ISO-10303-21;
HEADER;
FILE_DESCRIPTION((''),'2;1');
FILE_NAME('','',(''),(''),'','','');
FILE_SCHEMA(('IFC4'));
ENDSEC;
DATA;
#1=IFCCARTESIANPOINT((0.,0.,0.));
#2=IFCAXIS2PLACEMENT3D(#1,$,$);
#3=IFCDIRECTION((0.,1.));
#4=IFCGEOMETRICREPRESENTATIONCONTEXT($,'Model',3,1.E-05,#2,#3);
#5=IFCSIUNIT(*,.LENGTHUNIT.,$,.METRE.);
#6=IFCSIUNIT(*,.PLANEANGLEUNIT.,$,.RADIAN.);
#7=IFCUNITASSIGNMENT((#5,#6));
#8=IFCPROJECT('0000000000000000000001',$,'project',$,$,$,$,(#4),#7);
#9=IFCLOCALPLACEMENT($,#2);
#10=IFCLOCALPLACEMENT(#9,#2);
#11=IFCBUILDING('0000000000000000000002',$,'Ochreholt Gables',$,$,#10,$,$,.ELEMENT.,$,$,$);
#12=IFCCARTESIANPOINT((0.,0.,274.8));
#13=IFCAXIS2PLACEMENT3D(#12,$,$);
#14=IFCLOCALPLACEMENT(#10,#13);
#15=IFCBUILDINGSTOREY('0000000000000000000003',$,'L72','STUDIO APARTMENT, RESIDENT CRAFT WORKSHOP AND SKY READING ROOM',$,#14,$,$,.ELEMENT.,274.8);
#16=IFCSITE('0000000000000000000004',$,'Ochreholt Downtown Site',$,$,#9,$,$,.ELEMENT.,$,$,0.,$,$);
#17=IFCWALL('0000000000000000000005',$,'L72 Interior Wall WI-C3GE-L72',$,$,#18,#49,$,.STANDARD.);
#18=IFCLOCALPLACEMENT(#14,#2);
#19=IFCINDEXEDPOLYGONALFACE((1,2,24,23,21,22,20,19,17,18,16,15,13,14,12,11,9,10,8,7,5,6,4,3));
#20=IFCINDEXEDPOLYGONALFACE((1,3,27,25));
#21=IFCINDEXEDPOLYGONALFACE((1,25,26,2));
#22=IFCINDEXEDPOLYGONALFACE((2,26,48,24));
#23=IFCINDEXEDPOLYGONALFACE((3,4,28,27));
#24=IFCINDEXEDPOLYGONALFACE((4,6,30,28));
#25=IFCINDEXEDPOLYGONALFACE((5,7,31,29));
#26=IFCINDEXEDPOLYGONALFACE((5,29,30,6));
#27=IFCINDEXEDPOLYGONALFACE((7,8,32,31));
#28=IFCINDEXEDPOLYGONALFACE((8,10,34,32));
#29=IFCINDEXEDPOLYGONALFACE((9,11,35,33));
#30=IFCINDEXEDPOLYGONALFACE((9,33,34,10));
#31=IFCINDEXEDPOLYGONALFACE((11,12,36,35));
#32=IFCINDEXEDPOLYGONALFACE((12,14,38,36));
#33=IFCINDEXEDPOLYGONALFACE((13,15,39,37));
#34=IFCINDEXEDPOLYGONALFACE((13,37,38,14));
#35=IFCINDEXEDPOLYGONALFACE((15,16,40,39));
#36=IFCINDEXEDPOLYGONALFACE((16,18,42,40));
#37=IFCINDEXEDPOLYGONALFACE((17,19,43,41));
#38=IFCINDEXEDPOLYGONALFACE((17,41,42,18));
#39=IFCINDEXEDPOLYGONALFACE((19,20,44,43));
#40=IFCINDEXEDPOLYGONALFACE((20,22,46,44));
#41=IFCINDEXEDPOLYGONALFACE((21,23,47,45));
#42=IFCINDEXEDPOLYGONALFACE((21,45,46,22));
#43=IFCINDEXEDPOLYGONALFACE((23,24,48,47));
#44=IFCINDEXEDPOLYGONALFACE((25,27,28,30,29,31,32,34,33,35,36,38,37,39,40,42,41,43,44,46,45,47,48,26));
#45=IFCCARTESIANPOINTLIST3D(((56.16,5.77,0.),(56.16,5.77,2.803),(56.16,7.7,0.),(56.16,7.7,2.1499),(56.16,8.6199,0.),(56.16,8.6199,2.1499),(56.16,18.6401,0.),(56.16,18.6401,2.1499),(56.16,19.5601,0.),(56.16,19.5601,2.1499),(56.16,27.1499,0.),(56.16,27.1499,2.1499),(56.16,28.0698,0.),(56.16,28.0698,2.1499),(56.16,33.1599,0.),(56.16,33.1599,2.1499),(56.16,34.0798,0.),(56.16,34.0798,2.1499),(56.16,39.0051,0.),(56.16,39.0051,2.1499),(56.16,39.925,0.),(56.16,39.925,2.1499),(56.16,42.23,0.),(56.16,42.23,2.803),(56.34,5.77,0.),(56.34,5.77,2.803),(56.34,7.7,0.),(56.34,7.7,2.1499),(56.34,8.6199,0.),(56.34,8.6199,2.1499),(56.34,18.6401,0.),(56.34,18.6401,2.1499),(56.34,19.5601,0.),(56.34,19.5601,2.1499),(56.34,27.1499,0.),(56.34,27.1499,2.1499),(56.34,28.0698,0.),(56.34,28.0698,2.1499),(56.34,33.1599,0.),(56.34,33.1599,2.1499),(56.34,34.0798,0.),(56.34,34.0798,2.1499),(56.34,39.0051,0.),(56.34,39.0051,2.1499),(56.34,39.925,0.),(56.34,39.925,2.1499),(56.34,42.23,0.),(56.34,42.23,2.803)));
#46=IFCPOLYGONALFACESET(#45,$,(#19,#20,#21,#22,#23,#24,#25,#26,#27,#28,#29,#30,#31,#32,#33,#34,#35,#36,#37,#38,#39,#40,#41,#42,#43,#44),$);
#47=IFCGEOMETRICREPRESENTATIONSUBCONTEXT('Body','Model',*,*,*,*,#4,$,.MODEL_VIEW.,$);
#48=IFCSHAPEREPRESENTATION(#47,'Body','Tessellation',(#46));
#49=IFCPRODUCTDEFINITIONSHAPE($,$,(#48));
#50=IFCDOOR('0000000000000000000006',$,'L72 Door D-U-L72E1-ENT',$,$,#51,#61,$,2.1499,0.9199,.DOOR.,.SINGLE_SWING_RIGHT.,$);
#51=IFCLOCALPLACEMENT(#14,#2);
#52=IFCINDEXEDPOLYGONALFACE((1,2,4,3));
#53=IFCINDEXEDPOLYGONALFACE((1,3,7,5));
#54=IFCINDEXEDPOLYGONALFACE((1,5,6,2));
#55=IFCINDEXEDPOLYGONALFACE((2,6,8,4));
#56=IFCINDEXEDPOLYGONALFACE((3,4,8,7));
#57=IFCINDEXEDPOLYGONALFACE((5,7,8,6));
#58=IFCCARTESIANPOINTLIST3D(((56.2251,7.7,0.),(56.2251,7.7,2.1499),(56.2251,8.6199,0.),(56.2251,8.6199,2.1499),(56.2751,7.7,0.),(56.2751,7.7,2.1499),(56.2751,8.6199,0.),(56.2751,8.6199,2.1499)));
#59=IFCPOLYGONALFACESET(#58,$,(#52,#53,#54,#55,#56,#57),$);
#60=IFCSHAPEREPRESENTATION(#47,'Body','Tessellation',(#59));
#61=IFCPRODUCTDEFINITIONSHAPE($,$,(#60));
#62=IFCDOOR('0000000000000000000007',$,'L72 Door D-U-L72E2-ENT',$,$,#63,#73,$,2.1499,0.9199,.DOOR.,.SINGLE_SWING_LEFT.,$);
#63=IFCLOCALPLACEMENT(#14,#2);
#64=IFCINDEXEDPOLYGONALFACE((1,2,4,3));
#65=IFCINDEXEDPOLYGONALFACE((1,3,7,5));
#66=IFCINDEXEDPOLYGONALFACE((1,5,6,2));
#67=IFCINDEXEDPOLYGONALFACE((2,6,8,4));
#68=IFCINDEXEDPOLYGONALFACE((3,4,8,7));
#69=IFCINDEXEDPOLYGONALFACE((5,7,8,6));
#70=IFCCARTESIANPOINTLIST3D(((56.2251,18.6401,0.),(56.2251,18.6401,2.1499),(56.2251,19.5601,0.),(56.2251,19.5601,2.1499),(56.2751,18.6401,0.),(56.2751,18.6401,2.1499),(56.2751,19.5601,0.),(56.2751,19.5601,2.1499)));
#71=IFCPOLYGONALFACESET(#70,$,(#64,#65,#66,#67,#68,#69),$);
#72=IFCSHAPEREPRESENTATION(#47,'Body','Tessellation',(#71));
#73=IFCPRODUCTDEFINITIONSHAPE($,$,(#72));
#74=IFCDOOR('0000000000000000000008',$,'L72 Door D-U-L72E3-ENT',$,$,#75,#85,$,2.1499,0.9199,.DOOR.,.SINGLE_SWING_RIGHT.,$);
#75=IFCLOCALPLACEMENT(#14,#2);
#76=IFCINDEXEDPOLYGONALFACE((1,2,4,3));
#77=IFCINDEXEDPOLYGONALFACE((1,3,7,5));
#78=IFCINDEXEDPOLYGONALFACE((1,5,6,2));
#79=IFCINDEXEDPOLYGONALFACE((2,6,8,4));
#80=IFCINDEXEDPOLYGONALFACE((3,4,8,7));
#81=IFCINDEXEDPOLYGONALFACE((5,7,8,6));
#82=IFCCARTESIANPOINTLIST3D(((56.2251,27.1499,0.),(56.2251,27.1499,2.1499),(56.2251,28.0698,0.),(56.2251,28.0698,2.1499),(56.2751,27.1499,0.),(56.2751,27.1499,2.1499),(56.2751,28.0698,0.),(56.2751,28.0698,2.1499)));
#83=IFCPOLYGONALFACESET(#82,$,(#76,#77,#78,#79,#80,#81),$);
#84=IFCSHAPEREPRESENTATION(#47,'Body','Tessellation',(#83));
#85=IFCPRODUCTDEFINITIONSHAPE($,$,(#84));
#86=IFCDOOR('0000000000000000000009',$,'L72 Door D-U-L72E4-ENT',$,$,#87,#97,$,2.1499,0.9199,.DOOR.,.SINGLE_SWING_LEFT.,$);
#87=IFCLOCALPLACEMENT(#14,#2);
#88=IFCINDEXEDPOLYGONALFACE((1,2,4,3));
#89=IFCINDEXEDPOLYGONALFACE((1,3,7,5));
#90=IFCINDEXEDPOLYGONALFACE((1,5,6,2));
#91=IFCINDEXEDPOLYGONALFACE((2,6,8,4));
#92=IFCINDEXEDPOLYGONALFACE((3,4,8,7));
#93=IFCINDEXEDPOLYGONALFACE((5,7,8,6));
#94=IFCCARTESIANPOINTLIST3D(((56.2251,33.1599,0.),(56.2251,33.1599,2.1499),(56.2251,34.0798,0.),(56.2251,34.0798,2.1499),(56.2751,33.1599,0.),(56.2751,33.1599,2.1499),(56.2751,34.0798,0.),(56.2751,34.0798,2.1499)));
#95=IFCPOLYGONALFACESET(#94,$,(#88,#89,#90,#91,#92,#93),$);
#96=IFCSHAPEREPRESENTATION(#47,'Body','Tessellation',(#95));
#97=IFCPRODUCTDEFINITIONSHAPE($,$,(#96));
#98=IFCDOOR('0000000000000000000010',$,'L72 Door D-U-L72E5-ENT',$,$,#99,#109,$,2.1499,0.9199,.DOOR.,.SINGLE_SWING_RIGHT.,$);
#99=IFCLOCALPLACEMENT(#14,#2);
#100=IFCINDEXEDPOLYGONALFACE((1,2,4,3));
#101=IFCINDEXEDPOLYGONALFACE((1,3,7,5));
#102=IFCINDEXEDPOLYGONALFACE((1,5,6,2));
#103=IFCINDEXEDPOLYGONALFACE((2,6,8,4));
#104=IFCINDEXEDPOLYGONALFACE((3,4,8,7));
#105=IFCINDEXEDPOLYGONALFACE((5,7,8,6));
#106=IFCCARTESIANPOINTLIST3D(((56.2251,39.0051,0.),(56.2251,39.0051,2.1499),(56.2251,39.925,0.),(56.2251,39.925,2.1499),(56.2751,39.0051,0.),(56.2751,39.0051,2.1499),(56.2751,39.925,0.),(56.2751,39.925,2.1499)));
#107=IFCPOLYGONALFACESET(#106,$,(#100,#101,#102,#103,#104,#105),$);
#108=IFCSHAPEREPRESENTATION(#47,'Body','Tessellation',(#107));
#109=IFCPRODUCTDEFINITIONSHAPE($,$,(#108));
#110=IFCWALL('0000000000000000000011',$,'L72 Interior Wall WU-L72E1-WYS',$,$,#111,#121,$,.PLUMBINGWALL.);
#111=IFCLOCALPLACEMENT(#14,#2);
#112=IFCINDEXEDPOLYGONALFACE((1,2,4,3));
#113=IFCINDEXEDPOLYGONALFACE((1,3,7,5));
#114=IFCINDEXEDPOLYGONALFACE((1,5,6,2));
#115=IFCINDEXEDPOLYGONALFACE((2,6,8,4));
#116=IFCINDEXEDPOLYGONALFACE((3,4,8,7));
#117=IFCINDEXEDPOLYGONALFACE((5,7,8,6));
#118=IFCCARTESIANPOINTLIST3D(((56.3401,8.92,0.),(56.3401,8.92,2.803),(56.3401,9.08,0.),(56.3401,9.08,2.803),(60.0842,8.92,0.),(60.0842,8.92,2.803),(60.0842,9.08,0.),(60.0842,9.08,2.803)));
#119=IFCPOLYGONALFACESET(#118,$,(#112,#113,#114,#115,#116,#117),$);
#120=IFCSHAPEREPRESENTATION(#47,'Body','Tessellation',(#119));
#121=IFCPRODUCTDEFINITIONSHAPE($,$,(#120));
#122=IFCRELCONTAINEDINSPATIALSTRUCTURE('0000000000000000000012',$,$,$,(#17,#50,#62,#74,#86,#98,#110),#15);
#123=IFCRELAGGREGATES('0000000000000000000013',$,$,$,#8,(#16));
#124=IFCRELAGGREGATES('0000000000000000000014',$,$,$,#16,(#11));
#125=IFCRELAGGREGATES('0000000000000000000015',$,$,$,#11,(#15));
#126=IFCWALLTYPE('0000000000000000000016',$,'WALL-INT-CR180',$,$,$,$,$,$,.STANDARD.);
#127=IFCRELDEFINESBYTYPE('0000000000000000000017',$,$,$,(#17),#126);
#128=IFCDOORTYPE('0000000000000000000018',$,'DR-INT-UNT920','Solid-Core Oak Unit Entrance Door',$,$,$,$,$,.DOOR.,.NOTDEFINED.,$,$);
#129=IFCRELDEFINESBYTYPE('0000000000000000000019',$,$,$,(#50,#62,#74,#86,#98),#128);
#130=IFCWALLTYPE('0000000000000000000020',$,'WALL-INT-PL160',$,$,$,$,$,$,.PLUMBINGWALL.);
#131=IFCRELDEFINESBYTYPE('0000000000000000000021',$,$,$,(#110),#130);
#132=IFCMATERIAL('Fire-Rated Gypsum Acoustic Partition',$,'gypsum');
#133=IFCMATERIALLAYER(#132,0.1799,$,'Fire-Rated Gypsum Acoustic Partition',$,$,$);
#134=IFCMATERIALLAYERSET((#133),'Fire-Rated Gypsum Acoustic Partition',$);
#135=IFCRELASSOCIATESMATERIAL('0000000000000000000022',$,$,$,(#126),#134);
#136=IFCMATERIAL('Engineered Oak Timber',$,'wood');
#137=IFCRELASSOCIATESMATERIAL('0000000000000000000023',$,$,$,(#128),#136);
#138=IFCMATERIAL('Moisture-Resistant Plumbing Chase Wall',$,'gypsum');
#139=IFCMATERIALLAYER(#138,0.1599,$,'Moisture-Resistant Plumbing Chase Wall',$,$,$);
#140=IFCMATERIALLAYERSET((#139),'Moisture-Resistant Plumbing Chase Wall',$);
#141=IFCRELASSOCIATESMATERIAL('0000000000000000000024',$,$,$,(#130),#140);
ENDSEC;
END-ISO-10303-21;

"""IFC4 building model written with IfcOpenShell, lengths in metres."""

from ifc_helpers import new_model, si_unit, direction, frame, frame_2d, origin, place, context, subcontext, project, spatial, rectangle, extrude, material, layer, layer_set, type_object, element, fill, save


model = new_model("IFC4")

# Units and contexts
model_context = context("Model", 3, precision=1e-05, world=origin(), true_north=direction((0.0, 1.0)))
body_context = subcontext(model_context, "Body", "Model", "MODEL_VIEW")
ifc_project = project(units=[si_unit("LENGTHUNIT", "METRE"), si_unit("PLANEANGLEUNIT", "RADIAN")], contexts=[model_context])

# Site, building, storey
site_placement = place(None, origin())
site = spatial("IfcSite", under=ifc_project, at=site_placement, Name="Ochreholt Downtown Site", CompositionType="ELEMENT", RefElevation=0.0)
building_placement = place(site_placement, origin())
building = spatial("IfcBuilding", under=site, at=building_placement, Name="Ochreholt Gables", CompositionType="ELEMENT")
storey_placement = place(building_placement, frame((0.0, 0.0, 274.8)))
storey = spatial("IfcBuildingStorey", under=building, at=storey_placement, Name="L72", Description="STUDIO APARTMENT, RESIDENT CRAFT WORKSHOP AND SKY READING ROOM", CompositionType="ELEMENT", Elevation=274.8)

# Shared definitions
ifc_material_1 = material(Name="Fire-Rated Gypsum Acoustic Partition", Category="gypsum")
ifc_layer_1 = layer(ifc_material_1, 0.1799, Name="Fire-Rated Gypsum Acoustic Partition")
ifc_layer_set_1 = layer_set([ifc_layer_1], Name="Fire-Rated Gypsum Acoustic Partition")
wall_type_1 = type_object("IfcWallType", Name="WALL-INT-CR180", PredefinedType="STANDARD", material=ifc_layer_set_1)
ifc_material_2 = material(Name="Engineered Oak Timber", Category="wood")
door_type_1 = type_object("IfcDoorType", Name="DR-INT-UNT920", Description="Solid-Core Oak Unit Entrance Door", OperationType="NOTDEFINED", PredefinedType="DOOR", material=ifc_material_2)

# Wall, openings, doors
wall_1_placement = place(storey_placement, frame((56.25, 5.77, 0.0), z_axis=(0.0, 0.0, 1.0), x_axis=(0.0, 1.0, 0.0)))
wall_1 = element("IfcWall", 1, at=wall_1_placement, inside=storey, type_object=wall_type_1, Name="L72 Interior Wall WI-C3GE-L72", PredefinedType="STANDARD", context=body_context, shape_type="SweptSolid", body=[
    extrude(rectangle(XDim=36.46, YDim=0.1799, at=frame_2d((18.23, 0.0))), origin(), (0.0, 0.0, 1.0), 2.803),
])
opening_1_placement = place(wall_1_placement, frame((1.9299, 0.0, 0.0)))
opening_1 = element("IfcOpeningElement", 2, at=opening_1_placement, cuts=wall_1, PredefinedType="OPENING", context=body_context, shape_type="SweptSolid", body=[
    extrude(rectangle(XDim=0.9199, YDim=2.1499, at=frame_2d((0.46, 1.075))), frame((0.0, 0.0999, 0.0), z_axis=(0.0, -1.0, 0.0), x_axis=(1.0, 0.0, 0.0)), (0.0, 0.0, 1.0), 0.2),
])
opening_2_placement = place(wall_1_placement, frame((12.8701, 0.0, 0.0)))
opening_2 = element("IfcOpeningElement", 3, at=opening_2_placement, cuts=wall_1, PredefinedType="OPENING", context=body_context, shape_type="SweptSolid", body=[
    extrude(rectangle(XDim=0.9199, YDim=2.1499, at=frame_2d((0.46, 1.075))), frame((0.0, 0.0999, 0.0), z_axis=(0.0, -1.0, 0.0), x_axis=(1.0, 0.0, 0.0)), (0.0, 0.0, 1.0), 0.2),
])
opening_3_placement = place(wall_1_placement, frame((21.3799, 0.0, 0.0)))
opening_3 = element("IfcOpeningElement", 4, at=opening_3_placement, cuts=wall_1, PredefinedType="OPENING", context=body_context, shape_type="SweptSolid", body=[
    extrude(rectangle(XDim=0.9199, YDim=2.1499, at=frame_2d((0.46, 1.075))), frame((0.0, 0.0999, 0.0), z_axis=(0.0, -1.0, 0.0), x_axis=(1.0, 0.0, 0.0)), (0.0, 0.0, 1.0), 0.2),
])
opening_4_placement = place(wall_1_placement, frame((27.3899, 0.0, 0.0)))
opening_4 = element("IfcOpeningElement", 5, at=opening_4_placement, cuts=wall_1, PredefinedType="OPENING", context=body_context, shape_type="SweptSolid", body=[
    extrude(rectangle(XDim=0.9199, YDim=2.1499, at=frame_2d((0.46, 1.075))), frame((0.0, 0.0999, 0.0), z_axis=(0.0, -1.0, 0.0), x_axis=(1.0, 0.0, 0.0)), (0.0, 0.0, 1.0), 0.2),
])
opening_5_placement = place(wall_1_placement, frame((33.2351, 0.0, 0.0)))
opening_5 = element("IfcOpeningElement", 6, at=opening_5_placement, cuts=wall_1, PredefinedType="OPENING", context=body_context, shape_type="SweptSolid", body=[
    extrude(rectangle(XDim=0.9199, YDim=2.1499, at=frame_2d((0.46, 1.075))), frame((0.0, 0.0999, 0.0), z_axis=(0.0, -1.0, 0.0), x_axis=(1.0, 0.0, 0.0)), (0.0, 0.0, 1.0), 0.2),
])
door_1_placement = place(opening_1_placement, origin())
door_1 = element("IfcDoor", 7, at=door_1_placement, inside=storey, type_object=door_type_1, Name="L72 Door D-U-L72E1-ENT", OperationType="SINGLE_SWING_RIGHT", OverallHeight=2.1499, OverallWidth=0.9199, PredefinedType="DOOR", context=body_context, shape_type="SweptSolid", body=[
    extrude(rectangle(XDim=0.9199, YDim=2.1499, at=frame_2d((0.46, 1.075))), frame((0.0, 0.0249, 0.0), z_axis=(0.0, -1.0, 0.0), x_axis=(1.0, 0.0, 0.0)), (0.0, 0.0, 1.0), 0.05),
])
fill(opening_1, door_1)
door_2_placement = place(opening_2_placement, origin())
door_2 = element("IfcDoor", 8, at=door_2_placement, inside=storey, type_object=door_type_1, Name="L72 Door D-U-L72E2-ENT", OperationType="SINGLE_SWING_LEFT", OverallHeight=2.1499, OverallWidth=0.9199, PredefinedType="DOOR", context=body_context, shape_type="SweptSolid", body=[
    extrude(rectangle(XDim=0.9199, YDim=2.1499, at=frame_2d((0.46, 1.075))), frame((0.0, 0.0249, 0.0), z_axis=(0.0, -1.0, 0.0), x_axis=(1.0, 0.0, 0.0)), (0.0, 0.0, 1.0), 0.05),
])
fill(opening_2, door_2)
door_3_placement = place(opening_3_placement, origin())
door_3 = element("IfcDoor", 9, at=door_3_placement, inside=storey, type_object=door_type_1, Name="L72 Door D-U-L72E3-ENT", OperationType="SINGLE_SWING_RIGHT", OverallHeight=2.1499, OverallWidth=0.9199, PredefinedType="DOOR", context=body_context, shape_type="SweptSolid", body=[
    extrude(rectangle(XDim=0.9199, YDim=2.1499, at=frame_2d((0.46, 1.075))), frame((0.0, 0.0249, 0.0), z_axis=(0.0, -1.0, 0.0), x_axis=(1.0, 0.0, 0.0)), (0.0, 0.0, 1.0), 0.05),
])
fill(opening_3, door_3)
door_4_placement = place(opening_4_placement, origin())
door_4 = element("IfcDoor", 10, at=door_4_placement, inside=storey, type_object=door_type_1, Name="L72 Door D-U-L72E4-ENT", OperationType="SINGLE_SWING_LEFT", OverallHeight=2.1499, OverallWidth=0.9199, PredefinedType="DOOR", context=body_context, shape_type="SweptSolid", body=[
    extrude(rectangle(XDim=0.9199, YDim=2.1499, at=frame_2d((0.46, 1.075))), frame((0.0, 0.0249, 0.0), z_axis=(0.0, -1.0, 0.0), x_axis=(1.0, 0.0, 0.0)), (0.0, 0.0, 1.0), 0.05),
])
fill(opening_4, door_4)
door_5_placement = place(opening_5_placement, origin())
door_5 = element("IfcDoor", 11, at=door_5_placement, inside=storey, type_object=door_type_1, Name="L72 Door D-U-L72E5-ENT", OperationType="SINGLE_SWING_RIGHT", OverallHeight=2.1499, OverallWidth=0.9199, PredefinedType="DOOR", context=body_context, shape_type="SweptSolid", body=[
    extrude(rectangle(XDim=0.9199, YDim=2.1499, at=frame_2d((0.46, 1.075))), frame((0.0, 0.0249, 0.0), z_axis=(0.0, -1.0, 0.0), x_axis=(1.0, 0.0, 0.0)), (0.0, 0.0, 1.0), 0.05),
])
fill(opening_5, door_5)

# Wall
ifc_material_3 = material(Name="Moisture-Resistant Plumbing Chase Wall", Category="gypsum")
ifc_layer_2 = layer(ifc_material_3, 0.1599, Name="Moisture-Resistant Plumbing Chase Wall")
ifc_layer_set_2 = layer_set([ifc_layer_2], Name="Moisture-Resistant Plumbing Chase Wall")
wall_type_2 = type_object("IfcWallType", Name="WALL-INT-PL160", PredefinedType="PLUMBINGWALL", material=ifc_layer_set_2)
wall_2_placement = place(storey_placement, frame((56.3401, 9.0, 0.0), z_axis=(0.0, 0.0, 1.0), x_axis=(1.0, 0.0, 0.0)))
element("IfcWall", 12, at=wall_2_placement, inside=storey, type_object=wall_type_2, Name="L72 Interior Wall WU-L72E1-WYS", PredefinedType="PLUMBINGWALL", context=body_context, shape_type="SweptSolid", body=[
    extrude(rectangle(XDim=3.7441, YDim=0.1599, at=frame_2d((1.8721, 0.0))), origin(), (0.0, 0.0, 1.0), 2.803),
])

save(model, "model.ifc")
